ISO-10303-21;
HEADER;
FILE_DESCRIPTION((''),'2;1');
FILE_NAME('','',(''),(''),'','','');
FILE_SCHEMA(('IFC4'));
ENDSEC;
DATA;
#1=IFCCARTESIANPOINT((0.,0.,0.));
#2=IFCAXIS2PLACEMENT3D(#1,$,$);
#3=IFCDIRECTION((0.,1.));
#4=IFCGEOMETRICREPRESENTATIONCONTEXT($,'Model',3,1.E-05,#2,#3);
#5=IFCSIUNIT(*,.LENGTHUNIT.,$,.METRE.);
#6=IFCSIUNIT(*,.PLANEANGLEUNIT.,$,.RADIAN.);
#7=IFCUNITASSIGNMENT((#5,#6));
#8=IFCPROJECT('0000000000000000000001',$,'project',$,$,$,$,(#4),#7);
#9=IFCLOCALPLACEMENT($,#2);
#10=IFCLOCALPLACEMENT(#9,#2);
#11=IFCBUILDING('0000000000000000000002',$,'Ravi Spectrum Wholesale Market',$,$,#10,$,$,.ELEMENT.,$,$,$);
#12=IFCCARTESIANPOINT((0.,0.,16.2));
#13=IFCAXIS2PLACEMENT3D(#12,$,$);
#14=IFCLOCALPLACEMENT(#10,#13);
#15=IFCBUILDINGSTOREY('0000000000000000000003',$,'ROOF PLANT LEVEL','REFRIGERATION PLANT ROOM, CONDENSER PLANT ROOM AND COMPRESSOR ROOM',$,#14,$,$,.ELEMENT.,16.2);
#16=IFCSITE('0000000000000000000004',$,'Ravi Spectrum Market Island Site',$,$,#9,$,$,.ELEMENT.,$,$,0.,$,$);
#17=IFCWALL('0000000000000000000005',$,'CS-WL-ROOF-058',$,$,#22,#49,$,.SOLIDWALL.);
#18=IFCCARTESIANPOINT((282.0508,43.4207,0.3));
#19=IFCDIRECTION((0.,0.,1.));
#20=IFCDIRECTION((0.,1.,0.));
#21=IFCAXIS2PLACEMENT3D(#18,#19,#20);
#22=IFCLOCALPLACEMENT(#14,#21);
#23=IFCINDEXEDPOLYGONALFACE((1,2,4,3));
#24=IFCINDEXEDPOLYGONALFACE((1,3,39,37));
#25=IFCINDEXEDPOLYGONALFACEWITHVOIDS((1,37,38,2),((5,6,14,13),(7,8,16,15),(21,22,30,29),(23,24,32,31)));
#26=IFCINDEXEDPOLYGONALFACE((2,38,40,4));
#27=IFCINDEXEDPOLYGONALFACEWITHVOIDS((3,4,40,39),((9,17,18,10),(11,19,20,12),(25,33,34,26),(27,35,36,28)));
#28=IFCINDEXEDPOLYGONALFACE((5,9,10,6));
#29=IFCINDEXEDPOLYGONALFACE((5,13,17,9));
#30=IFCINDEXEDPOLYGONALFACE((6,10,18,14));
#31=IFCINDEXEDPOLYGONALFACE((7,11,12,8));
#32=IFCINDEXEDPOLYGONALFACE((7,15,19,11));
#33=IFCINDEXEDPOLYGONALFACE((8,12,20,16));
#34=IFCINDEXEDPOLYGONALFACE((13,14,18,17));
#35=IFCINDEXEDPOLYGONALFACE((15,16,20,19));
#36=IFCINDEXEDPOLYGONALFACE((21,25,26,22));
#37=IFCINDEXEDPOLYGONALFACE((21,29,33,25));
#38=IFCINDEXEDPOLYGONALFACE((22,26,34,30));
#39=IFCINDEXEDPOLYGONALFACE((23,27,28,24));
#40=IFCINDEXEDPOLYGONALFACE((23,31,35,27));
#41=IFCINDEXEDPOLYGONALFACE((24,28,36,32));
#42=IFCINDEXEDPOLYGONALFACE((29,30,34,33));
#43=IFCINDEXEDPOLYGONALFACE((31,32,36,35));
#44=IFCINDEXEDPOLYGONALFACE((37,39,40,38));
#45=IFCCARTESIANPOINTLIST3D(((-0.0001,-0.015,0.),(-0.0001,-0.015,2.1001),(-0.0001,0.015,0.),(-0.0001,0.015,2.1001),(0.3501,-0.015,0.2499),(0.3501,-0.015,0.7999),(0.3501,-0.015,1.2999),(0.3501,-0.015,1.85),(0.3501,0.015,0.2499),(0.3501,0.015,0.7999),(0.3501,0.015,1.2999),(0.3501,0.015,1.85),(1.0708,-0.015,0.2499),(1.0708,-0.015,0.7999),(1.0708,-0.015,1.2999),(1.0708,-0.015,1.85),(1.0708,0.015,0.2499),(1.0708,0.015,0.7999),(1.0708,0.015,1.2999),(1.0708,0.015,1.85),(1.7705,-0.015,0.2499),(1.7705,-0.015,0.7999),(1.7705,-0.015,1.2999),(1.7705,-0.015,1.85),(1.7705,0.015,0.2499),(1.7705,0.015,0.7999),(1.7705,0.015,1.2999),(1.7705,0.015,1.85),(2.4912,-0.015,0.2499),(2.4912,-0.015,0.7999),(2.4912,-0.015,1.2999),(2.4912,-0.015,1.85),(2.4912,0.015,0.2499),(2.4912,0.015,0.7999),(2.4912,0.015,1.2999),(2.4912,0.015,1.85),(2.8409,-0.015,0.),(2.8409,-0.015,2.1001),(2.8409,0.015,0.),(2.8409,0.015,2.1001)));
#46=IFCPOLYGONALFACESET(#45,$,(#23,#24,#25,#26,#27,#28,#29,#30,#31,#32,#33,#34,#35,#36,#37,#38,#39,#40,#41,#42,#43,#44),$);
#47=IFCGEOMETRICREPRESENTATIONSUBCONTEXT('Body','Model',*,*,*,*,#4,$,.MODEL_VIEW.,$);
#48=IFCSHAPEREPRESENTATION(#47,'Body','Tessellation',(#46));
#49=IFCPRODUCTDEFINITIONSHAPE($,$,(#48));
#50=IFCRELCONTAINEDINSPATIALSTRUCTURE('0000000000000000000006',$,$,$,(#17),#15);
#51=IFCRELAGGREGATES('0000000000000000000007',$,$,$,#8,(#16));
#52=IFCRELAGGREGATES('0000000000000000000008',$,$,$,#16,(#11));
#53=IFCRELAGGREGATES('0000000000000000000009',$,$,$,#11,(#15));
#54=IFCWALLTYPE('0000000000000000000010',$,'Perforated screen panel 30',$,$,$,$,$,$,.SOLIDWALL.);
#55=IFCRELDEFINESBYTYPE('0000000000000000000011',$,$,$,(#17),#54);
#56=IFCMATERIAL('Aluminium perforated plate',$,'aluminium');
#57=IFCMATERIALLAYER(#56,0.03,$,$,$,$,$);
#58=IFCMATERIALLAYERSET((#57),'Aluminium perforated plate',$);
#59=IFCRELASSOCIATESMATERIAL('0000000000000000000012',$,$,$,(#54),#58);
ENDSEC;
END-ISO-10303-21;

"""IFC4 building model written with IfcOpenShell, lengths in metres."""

from ifc_helpers import new_model, si_unit, direction, frame, frame_2d, origin, place, context, subcontext, project, spatial, rectangle, extrude, material, layer, layer_set, type_object, element, save


model = new_model("IFC4")

# Units and contexts
model_context = context("Model", 3, precision=1e-05, world=origin(), true_north=direction((0.0, 1.0)))
body_context = subcontext(model_context, "Body", "Model", "MODEL_VIEW")
ifc_project = project(units=[si_unit("LENGTHUNIT", "METRE"), si_unit("PLANEANGLEUNIT", "RADIAN")], contexts=[model_context])

# Site, building, storey
site_placement = place(None, origin())
site = spatial("IfcSite", under=ifc_project, at=site_placement, Name="Ravi Spectrum Market Island Site", CompositionType="ELEMENT", RefElevation=0.0)
building_placement = place(site_placement, origin())
building = spatial("IfcBuilding", under=site, at=building_placement, Name="Ravi Spectrum Wholesale Market", CompositionType="ELEMENT")
storey_placement = place(building_placement, frame((0.0, 0.0, 16.2)))
storey = spatial("IfcBuildingStorey", under=building, at=storey_placement, Name="ROOF PLANT LEVEL", Description="REFRIGERATION PLANT ROOM, CONDENSER PLANT ROOM AND COMPRESSOR ROOM", CompositionType="ELEMENT", Elevation=16.2)

# Wall, openings
ifc_material_1 = material(Name="Aluminium perforated plate", Category="aluminium")
ifc_layer_1 = layer(ifc_material_1, 0.03)
ifc_layer_set_1 = layer_set([ifc_layer_1], Name="Aluminium perforated plate")
wall_type_1 = type_object("IfcWallType", Name="Perforated screen panel 30", PredefinedType="SOLIDWALL", material=ifc_layer_set_1)
wall_1_placement = place(storey_placement, frame((282.0508, 43.4207, 0.3), z_axis=(0.0, 0.0, 1.0), x_axis=(0.0, 1.0, 0.0)))
wall_1 = element("IfcWall", 1, at=wall_1_placement, inside=storey, type_object=wall_type_1, Name="CS-WL-ROOF-058", PredefinedType="SOLIDWALL", context=body_context, shape_type="SweptSolid", body=[
    extrude(rectangle(XDim=2.8411, YDim=0.03, at=frame_2d((1.4204, 0.0))), origin(), (0.0, 0.0, 1.0), 2.1001),
])
opening_1_placement = place(wall_1_placement, frame((0.3501, 0.0, 0.25)))
element("IfcOpeningElement", 2, at=opening_1_placement, cuts=wall_1, PredefinedType="OPENING", context=body_context, shape_type="SweptSolid", body=[
    extrude(rectangle(XDim=0.7207, YDim=0.55, at=frame_2d((0.3604, 0.2749))), frame((0.0, 0.0249, 0.0), z_axis=(0.0, -1.0, 0.0), x_axis=(1.0, 0.0, 0.0)), (0.0, 0.0, 1.0), 0.05),
])
opening_2_placement = place(wall_1_placement, frame((0.3501, 0.0, 1.3)))
element("IfcOpeningElement", 3, at=opening_2_placement, cuts=wall_1, PredefinedType="OPENING", context=body_context, shape_type="SweptSolid", body=[
    extrude(rectangle(XDim=0.7207, YDim=0.55, at=frame_2d((0.3604, 0.2749))), frame((0.0, 0.0249, 0.0), z_axis=(0.0, -1.0, 0.0), x_axis=(1.0, 0.0, 0.0)), (0.0, 0.0, 1.0), 0.05),
])
opening_3_placement = place(wall_1_placement, frame((1.7705, 0.0, 0.25)))
element("IfcOpeningElement", 4, at=opening_3_placement, cuts=wall_1, PredefinedType="OPENING", context=body_context, shape_type="SweptSolid", body=[
    extrude(rectangle(XDim=0.7207, YDim=0.55, at=frame_2d((0.3604, 0.2749))), frame((0.0, 0.0249, 0.0), z_axis=(0.0, -1.0, 0.0), x_axis=(1.0, 0.0, 0.0)), (0.0, 0.0, 1.0), 0.05),
])
opening_4_placement = place(wall_1_placement, frame((1.7705, 0.0, 1.3)))
element("IfcOpeningElement", 5, at=opening_4_placement, cuts=wall_1, PredefinedType="OPENING", context=body_context, shape_type="SweptSolid", body=[
    extrude(rectangle(XDim=0.7207, YDim=0.55, at=frame_2d((0.3604, 0.2749))), frame((0.0, 0.0249, 0.0), z_axis=(0.0, -1.0, 0.0), x_axis=(1.0, 0.0, 0.0)), (0.0, 0.0, 1.0), 0.05),
])

save(model, "model.ifc")
